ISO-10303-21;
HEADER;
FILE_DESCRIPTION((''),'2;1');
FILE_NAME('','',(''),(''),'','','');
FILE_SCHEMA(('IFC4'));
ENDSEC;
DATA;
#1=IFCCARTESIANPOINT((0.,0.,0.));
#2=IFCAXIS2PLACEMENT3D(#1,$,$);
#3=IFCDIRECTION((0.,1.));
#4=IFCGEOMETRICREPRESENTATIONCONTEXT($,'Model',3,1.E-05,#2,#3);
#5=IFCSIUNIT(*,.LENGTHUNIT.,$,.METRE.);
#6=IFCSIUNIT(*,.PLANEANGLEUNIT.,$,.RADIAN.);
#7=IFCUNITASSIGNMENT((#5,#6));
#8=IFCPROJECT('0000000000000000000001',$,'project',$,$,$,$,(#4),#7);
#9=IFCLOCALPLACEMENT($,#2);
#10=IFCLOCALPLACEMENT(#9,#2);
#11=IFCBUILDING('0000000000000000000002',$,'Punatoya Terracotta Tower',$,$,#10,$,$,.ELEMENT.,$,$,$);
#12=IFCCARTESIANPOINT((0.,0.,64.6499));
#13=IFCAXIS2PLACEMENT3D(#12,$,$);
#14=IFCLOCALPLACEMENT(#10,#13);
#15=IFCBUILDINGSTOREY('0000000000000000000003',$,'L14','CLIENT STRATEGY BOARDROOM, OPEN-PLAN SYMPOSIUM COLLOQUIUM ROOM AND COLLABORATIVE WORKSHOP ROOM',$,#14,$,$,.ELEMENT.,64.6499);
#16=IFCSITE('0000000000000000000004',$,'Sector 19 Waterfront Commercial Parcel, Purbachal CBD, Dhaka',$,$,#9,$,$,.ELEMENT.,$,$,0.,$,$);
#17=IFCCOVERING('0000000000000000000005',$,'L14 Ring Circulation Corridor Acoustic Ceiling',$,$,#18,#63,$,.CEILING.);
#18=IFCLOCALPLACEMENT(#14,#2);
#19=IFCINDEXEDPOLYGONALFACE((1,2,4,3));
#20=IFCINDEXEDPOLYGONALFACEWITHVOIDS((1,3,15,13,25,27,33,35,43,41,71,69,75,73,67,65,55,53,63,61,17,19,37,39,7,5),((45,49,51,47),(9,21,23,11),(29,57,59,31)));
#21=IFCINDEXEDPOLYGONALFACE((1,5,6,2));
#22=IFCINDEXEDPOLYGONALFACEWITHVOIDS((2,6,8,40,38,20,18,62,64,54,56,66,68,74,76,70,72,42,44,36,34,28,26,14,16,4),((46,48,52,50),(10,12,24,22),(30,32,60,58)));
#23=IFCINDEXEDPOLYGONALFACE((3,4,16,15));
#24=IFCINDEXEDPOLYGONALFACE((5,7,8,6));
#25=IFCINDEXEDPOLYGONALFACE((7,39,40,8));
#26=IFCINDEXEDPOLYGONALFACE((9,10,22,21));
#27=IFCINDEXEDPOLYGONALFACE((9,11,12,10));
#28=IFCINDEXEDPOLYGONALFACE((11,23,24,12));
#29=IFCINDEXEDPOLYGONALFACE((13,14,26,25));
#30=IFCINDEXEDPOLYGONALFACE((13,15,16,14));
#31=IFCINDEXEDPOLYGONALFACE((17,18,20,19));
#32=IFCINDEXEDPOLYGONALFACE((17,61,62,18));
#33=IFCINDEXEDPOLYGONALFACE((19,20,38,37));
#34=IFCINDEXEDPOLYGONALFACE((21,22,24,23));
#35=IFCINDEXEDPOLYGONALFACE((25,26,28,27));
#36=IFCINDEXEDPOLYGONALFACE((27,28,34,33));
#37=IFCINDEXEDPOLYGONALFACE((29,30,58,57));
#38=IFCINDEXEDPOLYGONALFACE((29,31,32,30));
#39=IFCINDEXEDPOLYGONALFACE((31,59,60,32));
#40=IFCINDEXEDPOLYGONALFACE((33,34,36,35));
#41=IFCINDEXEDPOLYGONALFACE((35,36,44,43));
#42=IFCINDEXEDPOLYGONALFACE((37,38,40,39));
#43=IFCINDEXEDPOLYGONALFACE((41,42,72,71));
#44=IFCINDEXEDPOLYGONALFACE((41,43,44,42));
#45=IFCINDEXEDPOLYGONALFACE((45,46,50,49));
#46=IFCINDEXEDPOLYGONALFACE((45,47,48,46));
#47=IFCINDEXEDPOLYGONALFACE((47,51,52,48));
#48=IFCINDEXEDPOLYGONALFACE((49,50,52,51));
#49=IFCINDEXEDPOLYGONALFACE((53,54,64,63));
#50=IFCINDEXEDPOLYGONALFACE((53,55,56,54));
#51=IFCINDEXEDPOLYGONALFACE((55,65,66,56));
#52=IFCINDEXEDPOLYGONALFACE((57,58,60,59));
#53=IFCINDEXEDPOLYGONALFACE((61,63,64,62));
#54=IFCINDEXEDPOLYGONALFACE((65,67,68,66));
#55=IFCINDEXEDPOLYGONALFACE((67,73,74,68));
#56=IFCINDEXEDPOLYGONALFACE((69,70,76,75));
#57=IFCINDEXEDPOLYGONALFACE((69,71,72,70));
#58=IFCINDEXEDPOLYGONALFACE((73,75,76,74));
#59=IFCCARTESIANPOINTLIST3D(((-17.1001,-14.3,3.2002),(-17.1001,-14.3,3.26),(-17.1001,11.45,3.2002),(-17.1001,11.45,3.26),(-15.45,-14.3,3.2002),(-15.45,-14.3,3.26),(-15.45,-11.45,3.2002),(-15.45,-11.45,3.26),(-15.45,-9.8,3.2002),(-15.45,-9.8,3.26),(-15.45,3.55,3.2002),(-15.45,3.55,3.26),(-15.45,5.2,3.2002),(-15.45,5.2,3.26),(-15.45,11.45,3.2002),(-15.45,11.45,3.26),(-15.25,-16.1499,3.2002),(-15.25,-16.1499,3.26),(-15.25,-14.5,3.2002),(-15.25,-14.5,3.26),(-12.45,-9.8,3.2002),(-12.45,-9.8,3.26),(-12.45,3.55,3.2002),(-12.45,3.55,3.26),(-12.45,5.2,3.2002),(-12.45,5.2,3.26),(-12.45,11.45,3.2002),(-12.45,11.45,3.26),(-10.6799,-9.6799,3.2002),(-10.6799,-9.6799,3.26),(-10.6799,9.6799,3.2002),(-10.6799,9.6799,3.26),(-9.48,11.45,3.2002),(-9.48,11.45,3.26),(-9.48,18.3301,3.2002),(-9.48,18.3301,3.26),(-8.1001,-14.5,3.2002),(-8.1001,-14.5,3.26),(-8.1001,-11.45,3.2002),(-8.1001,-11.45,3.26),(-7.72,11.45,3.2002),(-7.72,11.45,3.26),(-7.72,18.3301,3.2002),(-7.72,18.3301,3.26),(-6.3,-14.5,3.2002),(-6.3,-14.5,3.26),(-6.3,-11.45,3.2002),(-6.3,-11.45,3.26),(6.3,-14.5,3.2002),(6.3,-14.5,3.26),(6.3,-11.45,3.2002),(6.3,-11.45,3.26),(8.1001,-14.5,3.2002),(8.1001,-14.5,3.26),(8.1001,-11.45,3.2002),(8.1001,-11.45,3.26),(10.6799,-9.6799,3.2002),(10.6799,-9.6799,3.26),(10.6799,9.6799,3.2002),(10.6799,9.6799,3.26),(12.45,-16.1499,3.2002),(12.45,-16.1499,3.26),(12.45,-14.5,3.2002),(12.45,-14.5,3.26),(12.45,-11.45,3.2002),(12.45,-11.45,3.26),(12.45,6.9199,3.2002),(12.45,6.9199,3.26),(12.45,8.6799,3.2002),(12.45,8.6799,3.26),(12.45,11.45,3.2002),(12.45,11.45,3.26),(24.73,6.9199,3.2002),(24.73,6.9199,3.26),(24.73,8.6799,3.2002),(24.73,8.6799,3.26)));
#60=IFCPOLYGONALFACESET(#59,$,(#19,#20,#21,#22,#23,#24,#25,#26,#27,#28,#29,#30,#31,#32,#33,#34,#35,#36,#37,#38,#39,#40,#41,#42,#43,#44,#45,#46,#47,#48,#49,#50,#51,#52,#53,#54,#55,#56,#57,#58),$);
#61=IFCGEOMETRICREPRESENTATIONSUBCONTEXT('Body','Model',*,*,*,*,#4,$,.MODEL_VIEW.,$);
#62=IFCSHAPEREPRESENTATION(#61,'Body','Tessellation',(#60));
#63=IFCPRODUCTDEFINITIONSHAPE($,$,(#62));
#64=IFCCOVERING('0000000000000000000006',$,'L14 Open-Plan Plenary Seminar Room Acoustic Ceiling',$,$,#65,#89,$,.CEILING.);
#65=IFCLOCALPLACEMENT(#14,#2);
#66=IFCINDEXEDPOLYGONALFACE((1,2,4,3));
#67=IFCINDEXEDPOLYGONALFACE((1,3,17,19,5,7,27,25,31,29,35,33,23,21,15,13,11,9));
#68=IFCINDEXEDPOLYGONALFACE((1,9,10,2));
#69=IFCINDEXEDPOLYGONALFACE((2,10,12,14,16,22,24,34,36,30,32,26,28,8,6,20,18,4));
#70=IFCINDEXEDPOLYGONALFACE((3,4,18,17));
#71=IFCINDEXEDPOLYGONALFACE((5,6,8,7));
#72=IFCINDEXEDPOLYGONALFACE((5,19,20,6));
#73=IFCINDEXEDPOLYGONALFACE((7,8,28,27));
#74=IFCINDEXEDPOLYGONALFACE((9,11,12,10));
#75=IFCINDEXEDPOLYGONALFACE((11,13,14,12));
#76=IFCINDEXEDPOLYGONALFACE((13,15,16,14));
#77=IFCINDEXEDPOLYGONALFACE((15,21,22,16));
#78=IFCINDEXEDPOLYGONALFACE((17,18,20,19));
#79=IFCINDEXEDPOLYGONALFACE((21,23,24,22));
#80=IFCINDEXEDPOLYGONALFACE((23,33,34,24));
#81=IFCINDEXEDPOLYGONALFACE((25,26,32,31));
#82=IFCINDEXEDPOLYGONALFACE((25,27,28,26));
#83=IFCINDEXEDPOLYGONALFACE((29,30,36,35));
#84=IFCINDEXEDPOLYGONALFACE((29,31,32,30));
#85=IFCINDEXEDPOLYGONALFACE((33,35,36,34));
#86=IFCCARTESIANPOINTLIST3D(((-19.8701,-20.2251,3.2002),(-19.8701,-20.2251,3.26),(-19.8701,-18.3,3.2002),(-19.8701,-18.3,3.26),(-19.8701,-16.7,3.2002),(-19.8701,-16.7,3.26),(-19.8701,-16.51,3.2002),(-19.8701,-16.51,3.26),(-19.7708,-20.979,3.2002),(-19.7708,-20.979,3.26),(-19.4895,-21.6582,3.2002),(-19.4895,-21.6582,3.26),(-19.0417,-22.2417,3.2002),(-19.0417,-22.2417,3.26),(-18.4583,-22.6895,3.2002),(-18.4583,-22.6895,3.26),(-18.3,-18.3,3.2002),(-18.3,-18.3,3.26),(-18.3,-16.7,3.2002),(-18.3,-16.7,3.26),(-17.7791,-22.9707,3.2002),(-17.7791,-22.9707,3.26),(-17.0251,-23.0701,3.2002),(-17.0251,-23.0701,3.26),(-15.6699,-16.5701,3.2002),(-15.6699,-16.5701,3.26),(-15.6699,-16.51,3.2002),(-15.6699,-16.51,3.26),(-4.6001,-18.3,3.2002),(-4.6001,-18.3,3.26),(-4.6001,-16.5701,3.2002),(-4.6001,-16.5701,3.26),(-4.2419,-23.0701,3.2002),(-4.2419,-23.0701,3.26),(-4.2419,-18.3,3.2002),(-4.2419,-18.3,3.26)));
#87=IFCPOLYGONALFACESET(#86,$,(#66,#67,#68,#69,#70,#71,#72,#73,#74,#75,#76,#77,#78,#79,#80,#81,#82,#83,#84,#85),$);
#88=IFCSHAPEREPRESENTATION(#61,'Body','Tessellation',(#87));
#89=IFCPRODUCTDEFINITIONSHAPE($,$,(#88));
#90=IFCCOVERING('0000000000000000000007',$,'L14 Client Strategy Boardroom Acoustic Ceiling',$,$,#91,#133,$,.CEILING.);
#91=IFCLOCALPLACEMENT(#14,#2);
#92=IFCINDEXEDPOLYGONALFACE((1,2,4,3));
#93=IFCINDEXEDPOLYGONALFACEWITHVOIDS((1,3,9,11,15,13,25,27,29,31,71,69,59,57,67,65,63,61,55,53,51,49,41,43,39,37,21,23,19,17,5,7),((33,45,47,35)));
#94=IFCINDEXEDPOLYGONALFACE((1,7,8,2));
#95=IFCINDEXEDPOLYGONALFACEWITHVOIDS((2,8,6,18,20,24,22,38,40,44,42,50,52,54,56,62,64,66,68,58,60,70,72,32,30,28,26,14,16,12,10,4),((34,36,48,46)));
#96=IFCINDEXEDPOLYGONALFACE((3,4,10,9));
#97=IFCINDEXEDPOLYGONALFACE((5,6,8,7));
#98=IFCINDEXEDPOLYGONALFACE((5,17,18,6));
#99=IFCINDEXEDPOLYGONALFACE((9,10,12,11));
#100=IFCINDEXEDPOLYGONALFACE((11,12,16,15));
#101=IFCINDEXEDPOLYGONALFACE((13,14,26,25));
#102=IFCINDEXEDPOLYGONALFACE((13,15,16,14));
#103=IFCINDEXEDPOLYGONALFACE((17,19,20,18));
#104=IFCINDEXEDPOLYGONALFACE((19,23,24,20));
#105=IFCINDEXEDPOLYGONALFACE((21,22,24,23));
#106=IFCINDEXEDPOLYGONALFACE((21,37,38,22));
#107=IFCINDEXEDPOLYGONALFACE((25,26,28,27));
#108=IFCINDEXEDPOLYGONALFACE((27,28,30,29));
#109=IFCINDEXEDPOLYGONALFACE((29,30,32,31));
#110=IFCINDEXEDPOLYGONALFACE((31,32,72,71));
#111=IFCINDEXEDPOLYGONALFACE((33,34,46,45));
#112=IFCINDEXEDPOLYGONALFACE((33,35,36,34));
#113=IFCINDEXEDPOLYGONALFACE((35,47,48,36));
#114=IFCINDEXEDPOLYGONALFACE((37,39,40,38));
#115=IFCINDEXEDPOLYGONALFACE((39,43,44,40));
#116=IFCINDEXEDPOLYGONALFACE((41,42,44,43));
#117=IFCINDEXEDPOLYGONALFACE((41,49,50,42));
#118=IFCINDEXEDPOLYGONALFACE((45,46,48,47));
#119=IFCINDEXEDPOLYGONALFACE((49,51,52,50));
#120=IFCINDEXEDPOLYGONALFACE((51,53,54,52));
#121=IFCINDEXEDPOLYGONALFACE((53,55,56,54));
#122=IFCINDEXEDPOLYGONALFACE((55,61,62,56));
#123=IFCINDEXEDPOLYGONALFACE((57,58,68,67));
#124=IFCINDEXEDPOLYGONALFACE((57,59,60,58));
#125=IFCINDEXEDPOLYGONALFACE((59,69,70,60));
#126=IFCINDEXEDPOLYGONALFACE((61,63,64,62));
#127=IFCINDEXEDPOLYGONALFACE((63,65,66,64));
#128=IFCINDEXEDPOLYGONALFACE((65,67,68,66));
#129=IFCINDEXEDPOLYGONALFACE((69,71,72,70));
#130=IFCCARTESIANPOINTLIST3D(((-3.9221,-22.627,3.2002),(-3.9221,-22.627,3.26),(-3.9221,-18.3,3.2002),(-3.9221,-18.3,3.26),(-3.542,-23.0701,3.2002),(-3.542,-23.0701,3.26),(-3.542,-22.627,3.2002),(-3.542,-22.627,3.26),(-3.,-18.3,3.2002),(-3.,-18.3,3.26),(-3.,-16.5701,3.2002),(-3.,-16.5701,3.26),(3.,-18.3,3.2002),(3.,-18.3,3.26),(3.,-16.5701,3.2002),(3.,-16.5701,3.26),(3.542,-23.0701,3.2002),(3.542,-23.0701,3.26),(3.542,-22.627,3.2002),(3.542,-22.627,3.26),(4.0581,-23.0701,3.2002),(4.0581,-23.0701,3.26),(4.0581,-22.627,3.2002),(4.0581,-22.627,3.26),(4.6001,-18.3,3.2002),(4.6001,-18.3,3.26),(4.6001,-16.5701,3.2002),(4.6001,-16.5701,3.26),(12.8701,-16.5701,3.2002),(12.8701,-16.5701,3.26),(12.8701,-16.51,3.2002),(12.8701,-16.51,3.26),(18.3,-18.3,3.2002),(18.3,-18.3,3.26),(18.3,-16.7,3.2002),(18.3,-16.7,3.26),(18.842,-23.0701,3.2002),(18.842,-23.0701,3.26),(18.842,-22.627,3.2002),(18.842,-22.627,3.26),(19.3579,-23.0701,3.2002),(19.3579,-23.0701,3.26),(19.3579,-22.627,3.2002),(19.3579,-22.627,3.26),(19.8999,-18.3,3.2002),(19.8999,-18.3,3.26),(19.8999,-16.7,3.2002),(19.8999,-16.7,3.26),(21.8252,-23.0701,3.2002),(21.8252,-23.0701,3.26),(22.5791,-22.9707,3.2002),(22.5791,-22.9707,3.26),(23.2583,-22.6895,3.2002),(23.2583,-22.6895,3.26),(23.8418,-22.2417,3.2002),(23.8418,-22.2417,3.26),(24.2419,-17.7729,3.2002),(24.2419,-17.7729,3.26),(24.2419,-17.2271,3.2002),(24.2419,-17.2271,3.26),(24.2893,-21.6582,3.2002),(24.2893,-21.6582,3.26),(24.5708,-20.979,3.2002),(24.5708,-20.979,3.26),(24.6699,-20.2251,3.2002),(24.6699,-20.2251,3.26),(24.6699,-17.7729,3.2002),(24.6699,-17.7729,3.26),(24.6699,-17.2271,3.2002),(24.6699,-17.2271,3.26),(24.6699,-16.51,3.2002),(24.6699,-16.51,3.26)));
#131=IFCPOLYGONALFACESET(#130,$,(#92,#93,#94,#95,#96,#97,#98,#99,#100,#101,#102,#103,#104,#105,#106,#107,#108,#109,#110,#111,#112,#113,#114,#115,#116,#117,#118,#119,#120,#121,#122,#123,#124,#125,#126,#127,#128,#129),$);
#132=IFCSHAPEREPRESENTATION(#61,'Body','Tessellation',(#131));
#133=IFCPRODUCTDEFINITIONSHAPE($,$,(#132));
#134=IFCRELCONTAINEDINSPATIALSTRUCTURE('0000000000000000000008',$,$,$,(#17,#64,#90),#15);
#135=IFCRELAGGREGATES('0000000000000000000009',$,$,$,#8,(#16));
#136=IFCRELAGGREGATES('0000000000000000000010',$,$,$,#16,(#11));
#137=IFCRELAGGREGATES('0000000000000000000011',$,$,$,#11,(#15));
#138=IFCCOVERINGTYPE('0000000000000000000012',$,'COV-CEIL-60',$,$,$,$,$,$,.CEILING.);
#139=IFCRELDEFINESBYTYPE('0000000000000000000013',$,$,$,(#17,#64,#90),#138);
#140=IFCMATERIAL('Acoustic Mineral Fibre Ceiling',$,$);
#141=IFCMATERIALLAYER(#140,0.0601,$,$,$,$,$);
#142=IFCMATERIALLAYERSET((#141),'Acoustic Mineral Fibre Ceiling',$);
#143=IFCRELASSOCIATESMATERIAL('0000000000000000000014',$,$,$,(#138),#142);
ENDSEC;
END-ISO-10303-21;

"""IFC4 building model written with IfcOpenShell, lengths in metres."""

from ifc_helpers import new_model, si_unit, direction, frame, origin, place, context, subcontext, project, spatial, polyline, outline, extrude, material, layer, layer_set, type_object, element, save


model = new_model("IFC4")

# Units and contexts
model_context = context("Model", 3, precision=1e-05, world=origin(), true_north=direction((0.0, 1.0)))
body_context = subcontext(model_context, "Body", "Model", "MODEL_VIEW")
ifc_project = project(units=[si_unit("LENGTHUNIT", "METRE"), si_unit("PLANEANGLEUNIT", "RADIAN")], contexts=[model_context])

# Site, building, storey
site_placement = place(None, origin())
site = spatial("IfcSite", under=ifc_project, at=site_placement, Name="Sector 19 Waterfront Commercial Parcel, Purbachal CBD, Dhaka", CompositionType="ELEMENT", RefElevation=0.0)
building_placement = place(site_placement, origin())
building = spatial("IfcBuilding", under=site, at=building_placement, Name="Punatoya Terracotta Tower", CompositionType="ELEMENT")
storey_placement = place(building_placement, frame((0.0, 0.0, 64.6499)))
storey = spatial("IfcBuildingStorey", under=building, at=storey_placement, Name="L14", Description="CLIENT STRATEGY BOARDROOM, OPEN-PLAN SYMPOSIUM COLLOQUIUM ROOM AND COLLABORATIVE WORKSHOP ROOM", CompositionType="ELEMENT", Elevation=64.6499)

# Coverings
ifc_material_1 = material(Name="Acoustic Mineral Fibre Ceiling")
ifc_layer_1 = layer(ifc_material_1, 0.0601)
ifc_layer_set_1 = layer_set([ifc_layer_1], Name="Acoustic Mineral Fibre Ceiling")
covering_type = type_object("IfcCoveringType", Name="COV-CEIL-60", PredefinedType="CEILING", material=ifc_layer_set_1)
covering_1_placement = place(storey_placement, frame((0.0, 0.0, 3.2002)))
element("IfcCovering", 1, at=covering_1_placement, inside=storey, type_object=covering_type, Name="L14 Ring Circulation Corridor Acoustic Ceiling", PredefinedType="CEILING", context=body_context, shape_type="SweptSolid", body=[
    extrude(outline(polyline([(12.45, -16.1499), (12.45, -14.5), (8.1001, -14.5), (8.1001, -11.45), (12.45, -11.45), (12.45, 6.9199), (24.73, 6.9199), (24.73, 8.6799), (12.45, 8.6799), (12.45, 11.45), (-7.72, 11.45), (-7.72, 18.3301), (-9.48, 18.3301), (-9.48, 11.45), (-12.45, 11.45), (-12.45, 5.2), (-15.45, 5.2), (-15.45, 11.45), (-17.1001, 11.45), (-17.1001, -14.3), (-15.45, -14.3), (-15.45, -11.45), (-8.1001, -11.45), (-8.1001, -14.5), (-15.25, -14.5), (-15.25, -16.1499), (12.45, -16.1499)]), holes=[polyline([(10.6799, 9.6799), (10.6799, -9.6799), (-10.6799, -9.6799), (-10.6799, 9.6799), (10.6799, 9.6799)]), polyline([(6.3, -14.5), (-6.3, -14.5), (-6.3, -11.45), (6.3, -11.45), (6.3, -14.5)]), polyline([(-12.45, 3.55), (-12.45, -9.8), (-15.45, -9.8), (-15.45, 3.55), (-12.45, 3.55)])]), origin(), (0.0, 0.0, 1.0), 0.0598),
])
covering_2_placement = place(storey_placement, frame((0.0, 0.0, 3.2002)))
element("IfcCovering", 2, at=covering_2_placement, inside=storey, type_object=covering_type, Name="L14 Open-Plan Plenary Seminar Room Acoustic Ceiling", PredefinedType="CEILING", context=body_context, shape_type="SweptSolid", body=[
    extrude(outline(polyline([(-19.0417, -22.2417), (-18.4583, -22.6895), (-17.7791, -22.9707), (-17.0251, -23.0701), (-4.2419, -23.0701), (-4.2419, -18.3), (-4.6001, -18.3), (-4.6001, -16.5701), (-15.6699, -16.5701), (-15.6699, -16.51), (-19.8701, -16.51), (-19.8701, -16.7), (-18.3, -16.7), (-18.3, -18.3), (-19.8701, -18.3), (-19.8701, -20.2251), (-19.7708, -20.979), (-19.4895, -21.6582), (-19.0417, -22.2417)])), origin(), (0.0, 0.0, 1.0), 0.0598),
])
covering_3_placement = place(storey_placement, frame((0.0, 0.0, 3.2002)))
element("IfcCovering", 3, at=covering_3_placement, inside=storey, type_object=covering_type, Name="L14 Client Strategy Boardroom Acoustic Ceiling", PredefinedType="CEILING", context=body_context, shape_type="SweptSolid", body=[
    extrude(outline(polyline([(-3.0, -16.5701), (-3.0, -18.3), (-3.9221, -18.3), (-3.9221, -22.627), (-3.542, -22.627), (-3.542, -23.0701), (3.542, -23.0701), (3.542, -22.627), (4.0581, -22.627), (4.0581, -23.0701), (18.842, -23.0701), (18.842, -22.627), (19.3579, -22.627), (19.3579, -23.0701), (21.8252, -23.0701), (22.5791, -22.9707), (23.2583, -22.6895), (23.8418, -22.2417), (24.2893, -21.6582), (24.5708, -20.979), (24.6699, -20.2251), (24.6699, -17.7729), (24.2419, -17.7729), (24.2419, -17.2271), (24.6699, -17.2271), (24.6699, -16.51), (12.8701, -16.51), (12.8701, -16.5701), (4.6001, -16.5701), (4.6001, -18.3), (3.0, -18.3), (3.0, -16.5701), (-3.0, -16.5701)]), holes=[polyline([(19.8999, -18.3), (18.3, -18.3), (18.3, -16.7), (19.8999, -16.7), (19.8999, -18.3)])]), origin(), (0.0, 0.0, 1.0), 0.0598),
])

save(model, "model.ifc")
